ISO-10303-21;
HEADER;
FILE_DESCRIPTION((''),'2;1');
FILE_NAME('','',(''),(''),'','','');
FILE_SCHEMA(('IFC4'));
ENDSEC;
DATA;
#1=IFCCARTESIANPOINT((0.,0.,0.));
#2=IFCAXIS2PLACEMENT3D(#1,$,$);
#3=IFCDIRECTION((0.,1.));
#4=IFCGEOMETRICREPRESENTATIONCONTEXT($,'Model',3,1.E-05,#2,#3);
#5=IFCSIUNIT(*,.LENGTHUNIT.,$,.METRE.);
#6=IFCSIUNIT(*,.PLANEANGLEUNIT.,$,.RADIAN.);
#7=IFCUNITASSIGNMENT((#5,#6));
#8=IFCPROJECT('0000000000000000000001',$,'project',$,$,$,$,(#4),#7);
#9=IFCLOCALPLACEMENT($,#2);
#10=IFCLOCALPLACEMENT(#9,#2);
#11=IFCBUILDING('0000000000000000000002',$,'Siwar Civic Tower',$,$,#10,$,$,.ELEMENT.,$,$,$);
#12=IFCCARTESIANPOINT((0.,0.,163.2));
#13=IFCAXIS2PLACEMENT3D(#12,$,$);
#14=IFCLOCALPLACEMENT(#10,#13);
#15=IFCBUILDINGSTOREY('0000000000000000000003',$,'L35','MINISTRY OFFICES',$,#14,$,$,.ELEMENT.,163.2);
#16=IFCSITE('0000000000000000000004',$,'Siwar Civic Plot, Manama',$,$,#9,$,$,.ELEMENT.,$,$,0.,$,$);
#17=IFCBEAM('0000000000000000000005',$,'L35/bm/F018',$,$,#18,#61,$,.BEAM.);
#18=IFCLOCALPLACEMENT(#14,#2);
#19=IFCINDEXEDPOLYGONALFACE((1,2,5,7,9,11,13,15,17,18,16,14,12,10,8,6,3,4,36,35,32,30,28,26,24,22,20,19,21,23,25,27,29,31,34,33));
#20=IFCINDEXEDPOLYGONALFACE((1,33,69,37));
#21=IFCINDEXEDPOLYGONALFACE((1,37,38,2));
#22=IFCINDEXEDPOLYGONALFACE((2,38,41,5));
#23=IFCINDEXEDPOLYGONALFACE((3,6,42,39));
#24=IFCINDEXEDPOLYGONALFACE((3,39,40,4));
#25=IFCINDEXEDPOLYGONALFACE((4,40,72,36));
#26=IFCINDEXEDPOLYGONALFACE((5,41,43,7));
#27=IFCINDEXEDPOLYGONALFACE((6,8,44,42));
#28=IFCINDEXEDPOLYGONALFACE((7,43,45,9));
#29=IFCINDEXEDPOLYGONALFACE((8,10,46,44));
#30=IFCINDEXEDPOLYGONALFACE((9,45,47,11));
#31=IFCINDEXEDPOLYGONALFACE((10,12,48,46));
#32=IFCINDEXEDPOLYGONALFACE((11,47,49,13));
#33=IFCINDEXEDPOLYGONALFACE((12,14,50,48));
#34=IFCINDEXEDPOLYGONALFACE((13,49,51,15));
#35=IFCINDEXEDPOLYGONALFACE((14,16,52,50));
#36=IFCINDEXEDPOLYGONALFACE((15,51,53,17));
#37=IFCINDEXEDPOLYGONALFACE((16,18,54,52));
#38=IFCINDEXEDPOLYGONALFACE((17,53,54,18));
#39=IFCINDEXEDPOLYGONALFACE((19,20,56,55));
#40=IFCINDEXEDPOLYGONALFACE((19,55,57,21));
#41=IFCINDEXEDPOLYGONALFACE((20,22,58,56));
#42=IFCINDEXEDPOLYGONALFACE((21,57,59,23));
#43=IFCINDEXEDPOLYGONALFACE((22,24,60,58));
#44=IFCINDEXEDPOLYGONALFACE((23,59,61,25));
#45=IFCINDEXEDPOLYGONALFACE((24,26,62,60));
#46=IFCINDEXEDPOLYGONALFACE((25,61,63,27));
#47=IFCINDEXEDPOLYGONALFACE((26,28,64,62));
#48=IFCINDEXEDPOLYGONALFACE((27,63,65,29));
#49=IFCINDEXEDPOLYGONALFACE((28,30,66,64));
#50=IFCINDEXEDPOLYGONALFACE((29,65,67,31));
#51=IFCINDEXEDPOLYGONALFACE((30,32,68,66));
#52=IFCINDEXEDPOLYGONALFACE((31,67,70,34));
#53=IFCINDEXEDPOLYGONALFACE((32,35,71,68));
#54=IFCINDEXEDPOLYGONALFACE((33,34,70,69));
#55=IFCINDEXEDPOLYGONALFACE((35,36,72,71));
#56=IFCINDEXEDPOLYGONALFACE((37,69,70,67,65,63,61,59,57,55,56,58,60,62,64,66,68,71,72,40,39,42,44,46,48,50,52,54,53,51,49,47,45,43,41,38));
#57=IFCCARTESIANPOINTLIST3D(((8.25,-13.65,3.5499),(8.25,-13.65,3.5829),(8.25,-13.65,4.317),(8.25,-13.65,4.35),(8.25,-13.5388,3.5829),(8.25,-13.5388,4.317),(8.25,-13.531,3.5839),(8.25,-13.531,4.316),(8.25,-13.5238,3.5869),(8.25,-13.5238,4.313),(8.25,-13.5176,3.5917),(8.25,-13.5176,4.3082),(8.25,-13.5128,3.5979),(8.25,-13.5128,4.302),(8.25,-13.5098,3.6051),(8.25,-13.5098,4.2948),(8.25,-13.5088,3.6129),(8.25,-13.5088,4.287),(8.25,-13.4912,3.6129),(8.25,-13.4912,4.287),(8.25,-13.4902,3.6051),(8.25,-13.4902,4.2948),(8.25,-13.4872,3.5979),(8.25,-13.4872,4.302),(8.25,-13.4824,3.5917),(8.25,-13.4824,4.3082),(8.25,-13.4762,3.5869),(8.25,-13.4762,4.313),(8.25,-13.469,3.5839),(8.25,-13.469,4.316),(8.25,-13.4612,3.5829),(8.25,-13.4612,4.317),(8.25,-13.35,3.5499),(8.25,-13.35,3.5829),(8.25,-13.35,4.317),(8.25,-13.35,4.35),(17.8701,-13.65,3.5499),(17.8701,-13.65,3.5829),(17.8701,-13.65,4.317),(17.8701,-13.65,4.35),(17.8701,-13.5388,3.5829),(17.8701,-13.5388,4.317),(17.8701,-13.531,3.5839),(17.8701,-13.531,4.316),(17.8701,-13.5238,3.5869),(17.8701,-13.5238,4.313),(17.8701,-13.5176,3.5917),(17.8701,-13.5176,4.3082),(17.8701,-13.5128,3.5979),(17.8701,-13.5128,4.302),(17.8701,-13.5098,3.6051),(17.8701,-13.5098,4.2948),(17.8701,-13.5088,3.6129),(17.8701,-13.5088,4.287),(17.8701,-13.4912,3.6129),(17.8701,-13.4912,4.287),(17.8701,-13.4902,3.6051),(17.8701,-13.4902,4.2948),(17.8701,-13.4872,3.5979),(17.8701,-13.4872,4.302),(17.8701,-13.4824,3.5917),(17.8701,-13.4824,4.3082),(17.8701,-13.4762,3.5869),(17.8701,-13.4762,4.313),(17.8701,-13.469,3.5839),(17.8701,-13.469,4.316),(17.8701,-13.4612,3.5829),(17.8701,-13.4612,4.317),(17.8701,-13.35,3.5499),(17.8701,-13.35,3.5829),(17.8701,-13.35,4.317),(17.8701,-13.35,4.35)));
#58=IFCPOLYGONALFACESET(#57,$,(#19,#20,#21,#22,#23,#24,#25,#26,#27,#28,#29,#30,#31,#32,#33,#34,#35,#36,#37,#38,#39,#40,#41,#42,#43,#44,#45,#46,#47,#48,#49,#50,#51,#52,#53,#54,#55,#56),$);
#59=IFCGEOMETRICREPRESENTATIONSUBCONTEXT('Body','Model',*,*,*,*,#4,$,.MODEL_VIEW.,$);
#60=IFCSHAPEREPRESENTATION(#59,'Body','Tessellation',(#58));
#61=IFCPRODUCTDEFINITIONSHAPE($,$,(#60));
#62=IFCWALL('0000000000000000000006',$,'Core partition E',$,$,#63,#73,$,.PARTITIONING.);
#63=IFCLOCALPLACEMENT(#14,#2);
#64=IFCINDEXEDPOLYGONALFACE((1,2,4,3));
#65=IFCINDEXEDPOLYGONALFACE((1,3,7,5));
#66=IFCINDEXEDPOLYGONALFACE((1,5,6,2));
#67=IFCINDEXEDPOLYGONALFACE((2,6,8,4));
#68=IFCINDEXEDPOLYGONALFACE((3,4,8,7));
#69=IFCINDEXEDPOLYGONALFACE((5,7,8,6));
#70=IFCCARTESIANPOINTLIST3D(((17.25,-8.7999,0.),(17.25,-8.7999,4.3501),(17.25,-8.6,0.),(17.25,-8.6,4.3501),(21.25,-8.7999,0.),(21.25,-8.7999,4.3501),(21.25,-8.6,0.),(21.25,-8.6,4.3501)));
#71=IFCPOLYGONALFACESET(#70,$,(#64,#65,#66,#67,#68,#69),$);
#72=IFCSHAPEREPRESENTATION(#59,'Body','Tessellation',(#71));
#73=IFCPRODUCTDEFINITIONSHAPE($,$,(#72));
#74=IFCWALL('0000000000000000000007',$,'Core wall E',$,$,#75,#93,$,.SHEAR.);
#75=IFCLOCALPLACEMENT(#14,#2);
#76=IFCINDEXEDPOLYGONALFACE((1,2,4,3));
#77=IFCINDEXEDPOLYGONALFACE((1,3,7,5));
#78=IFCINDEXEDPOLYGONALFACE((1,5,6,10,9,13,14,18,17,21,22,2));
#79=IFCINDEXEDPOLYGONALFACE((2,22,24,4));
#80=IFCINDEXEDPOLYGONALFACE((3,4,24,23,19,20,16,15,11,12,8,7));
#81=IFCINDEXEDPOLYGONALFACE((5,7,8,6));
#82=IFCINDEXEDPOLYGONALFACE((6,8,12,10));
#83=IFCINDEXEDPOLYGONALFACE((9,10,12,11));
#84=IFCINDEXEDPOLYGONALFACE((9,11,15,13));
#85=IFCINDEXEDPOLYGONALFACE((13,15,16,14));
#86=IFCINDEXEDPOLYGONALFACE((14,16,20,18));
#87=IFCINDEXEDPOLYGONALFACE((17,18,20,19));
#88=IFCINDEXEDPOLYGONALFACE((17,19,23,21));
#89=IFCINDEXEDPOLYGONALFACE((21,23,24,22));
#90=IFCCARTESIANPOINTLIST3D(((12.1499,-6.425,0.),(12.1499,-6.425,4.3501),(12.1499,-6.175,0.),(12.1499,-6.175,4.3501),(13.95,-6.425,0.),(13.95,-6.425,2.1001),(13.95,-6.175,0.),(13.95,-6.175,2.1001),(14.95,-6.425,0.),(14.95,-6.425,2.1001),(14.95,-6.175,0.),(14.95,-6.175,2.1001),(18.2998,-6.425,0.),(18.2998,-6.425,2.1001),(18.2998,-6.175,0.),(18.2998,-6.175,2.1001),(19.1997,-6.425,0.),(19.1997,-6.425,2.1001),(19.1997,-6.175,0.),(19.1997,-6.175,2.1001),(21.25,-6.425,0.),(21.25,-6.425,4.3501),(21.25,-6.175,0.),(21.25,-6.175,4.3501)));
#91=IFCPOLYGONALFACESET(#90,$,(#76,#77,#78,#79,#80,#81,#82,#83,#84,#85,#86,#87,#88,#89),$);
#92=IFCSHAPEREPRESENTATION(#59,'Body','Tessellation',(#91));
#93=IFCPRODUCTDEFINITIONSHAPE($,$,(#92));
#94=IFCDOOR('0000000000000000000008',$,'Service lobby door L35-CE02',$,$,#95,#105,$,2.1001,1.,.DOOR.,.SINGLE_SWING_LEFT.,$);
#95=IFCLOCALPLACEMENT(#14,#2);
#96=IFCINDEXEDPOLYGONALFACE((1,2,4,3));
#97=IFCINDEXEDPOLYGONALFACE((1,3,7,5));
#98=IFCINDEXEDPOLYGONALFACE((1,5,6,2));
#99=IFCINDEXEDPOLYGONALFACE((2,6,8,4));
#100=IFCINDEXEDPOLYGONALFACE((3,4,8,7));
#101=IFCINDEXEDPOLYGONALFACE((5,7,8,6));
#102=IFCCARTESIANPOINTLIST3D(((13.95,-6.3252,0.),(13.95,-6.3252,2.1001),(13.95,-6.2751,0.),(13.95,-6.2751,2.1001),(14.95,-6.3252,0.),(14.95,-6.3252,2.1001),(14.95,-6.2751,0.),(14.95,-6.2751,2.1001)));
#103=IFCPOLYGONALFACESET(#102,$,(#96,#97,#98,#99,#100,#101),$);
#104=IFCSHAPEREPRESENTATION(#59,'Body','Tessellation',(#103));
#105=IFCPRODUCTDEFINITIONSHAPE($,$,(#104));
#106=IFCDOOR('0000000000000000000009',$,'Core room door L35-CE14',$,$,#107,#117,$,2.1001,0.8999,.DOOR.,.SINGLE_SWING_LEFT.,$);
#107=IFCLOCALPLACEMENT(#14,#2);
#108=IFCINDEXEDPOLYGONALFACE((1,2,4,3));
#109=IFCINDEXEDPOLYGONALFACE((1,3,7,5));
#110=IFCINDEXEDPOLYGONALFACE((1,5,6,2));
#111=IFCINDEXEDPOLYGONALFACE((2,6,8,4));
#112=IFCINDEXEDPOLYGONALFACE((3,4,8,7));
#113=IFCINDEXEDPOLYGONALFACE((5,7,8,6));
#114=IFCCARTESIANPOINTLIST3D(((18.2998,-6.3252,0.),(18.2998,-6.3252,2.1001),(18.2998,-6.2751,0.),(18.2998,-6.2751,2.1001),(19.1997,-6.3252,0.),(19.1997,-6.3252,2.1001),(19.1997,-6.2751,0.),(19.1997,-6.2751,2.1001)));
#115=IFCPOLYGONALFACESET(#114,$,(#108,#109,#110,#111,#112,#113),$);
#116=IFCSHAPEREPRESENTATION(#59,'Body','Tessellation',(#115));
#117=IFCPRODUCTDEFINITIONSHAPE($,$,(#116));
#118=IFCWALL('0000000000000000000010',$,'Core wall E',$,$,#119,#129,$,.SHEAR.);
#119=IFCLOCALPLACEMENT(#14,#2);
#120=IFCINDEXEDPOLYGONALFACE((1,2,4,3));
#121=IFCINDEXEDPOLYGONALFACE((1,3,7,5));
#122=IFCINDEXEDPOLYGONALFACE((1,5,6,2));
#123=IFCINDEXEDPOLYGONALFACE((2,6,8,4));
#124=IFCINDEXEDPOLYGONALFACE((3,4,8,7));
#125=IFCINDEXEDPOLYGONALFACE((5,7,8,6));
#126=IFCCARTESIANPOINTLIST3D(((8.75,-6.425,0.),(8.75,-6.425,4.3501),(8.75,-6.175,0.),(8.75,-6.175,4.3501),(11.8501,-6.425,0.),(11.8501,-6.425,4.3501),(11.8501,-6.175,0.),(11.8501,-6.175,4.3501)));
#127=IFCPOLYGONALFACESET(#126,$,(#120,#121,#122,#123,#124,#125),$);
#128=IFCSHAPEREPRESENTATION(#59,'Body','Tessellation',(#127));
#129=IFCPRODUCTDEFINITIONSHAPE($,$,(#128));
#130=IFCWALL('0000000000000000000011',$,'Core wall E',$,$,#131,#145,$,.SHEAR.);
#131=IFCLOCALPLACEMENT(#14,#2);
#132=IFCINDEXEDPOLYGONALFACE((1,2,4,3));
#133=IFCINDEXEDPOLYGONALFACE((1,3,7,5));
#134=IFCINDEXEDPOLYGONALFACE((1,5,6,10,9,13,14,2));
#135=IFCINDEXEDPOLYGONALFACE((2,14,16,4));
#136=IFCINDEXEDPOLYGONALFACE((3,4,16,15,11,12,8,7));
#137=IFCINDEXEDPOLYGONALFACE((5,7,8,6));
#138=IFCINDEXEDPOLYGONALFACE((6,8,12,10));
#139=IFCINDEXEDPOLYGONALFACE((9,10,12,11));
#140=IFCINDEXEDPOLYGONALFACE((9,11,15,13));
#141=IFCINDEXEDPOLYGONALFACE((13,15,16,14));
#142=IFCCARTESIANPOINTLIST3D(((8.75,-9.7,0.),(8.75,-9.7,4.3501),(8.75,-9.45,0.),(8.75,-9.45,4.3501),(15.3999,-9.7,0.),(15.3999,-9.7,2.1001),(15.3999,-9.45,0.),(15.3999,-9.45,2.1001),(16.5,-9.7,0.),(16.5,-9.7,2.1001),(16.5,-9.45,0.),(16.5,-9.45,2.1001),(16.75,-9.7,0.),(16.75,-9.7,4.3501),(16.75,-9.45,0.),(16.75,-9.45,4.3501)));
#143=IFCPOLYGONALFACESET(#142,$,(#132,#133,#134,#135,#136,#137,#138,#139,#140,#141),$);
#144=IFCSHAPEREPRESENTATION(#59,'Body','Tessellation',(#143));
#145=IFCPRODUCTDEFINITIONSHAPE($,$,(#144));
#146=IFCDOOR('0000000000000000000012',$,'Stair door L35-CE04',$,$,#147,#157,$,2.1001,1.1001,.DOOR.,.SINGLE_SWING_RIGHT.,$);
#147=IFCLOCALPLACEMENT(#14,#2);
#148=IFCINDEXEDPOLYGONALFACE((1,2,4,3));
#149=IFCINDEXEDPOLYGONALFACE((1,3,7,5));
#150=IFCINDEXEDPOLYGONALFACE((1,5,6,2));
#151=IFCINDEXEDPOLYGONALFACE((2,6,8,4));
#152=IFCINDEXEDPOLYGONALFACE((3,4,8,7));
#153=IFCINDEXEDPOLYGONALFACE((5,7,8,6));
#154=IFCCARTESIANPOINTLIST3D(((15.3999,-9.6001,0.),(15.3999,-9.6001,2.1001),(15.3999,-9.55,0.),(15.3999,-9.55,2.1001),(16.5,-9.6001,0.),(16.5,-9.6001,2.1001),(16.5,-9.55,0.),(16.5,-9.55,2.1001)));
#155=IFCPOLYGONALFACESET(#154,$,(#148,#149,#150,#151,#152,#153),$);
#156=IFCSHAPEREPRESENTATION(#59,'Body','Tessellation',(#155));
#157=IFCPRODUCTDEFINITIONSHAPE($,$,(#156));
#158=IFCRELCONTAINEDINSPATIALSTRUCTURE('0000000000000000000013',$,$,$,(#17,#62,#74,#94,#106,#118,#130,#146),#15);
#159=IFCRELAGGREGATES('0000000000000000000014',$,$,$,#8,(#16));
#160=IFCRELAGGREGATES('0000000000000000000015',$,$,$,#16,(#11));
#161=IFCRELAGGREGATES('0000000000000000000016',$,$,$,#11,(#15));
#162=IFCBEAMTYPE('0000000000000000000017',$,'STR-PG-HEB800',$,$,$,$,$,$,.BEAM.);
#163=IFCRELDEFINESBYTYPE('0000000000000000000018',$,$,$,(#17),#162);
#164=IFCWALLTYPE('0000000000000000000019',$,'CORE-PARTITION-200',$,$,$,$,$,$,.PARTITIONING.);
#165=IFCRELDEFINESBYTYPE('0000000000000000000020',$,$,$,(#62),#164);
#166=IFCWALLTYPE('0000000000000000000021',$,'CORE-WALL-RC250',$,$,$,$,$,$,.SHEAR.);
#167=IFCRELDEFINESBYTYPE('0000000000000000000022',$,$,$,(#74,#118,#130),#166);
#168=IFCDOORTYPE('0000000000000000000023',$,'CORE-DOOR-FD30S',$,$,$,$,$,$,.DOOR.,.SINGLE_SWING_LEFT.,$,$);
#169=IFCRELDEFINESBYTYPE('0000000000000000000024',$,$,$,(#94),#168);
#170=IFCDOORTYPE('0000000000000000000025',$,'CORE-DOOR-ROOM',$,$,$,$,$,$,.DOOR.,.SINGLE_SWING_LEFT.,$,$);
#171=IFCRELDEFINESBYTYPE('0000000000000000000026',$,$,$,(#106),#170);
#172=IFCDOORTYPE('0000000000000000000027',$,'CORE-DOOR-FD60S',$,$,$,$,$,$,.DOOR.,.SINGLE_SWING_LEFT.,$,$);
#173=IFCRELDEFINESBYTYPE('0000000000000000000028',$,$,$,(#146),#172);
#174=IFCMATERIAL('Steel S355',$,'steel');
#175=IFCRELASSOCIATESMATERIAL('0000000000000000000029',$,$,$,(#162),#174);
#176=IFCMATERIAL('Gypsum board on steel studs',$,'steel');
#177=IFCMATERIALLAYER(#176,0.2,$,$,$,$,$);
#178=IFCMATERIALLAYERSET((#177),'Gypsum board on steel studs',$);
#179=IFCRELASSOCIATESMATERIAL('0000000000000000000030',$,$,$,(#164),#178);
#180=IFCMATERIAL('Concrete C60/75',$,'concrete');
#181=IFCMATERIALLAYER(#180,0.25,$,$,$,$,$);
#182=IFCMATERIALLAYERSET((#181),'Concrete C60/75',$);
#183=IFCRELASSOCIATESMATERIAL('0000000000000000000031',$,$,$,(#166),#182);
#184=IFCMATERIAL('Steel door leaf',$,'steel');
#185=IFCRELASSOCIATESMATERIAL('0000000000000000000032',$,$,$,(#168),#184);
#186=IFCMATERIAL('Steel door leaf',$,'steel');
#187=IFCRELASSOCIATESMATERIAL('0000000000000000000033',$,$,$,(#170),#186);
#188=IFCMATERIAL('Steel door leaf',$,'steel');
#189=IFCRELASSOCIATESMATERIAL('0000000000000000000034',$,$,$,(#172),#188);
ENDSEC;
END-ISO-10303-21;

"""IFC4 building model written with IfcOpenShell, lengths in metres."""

from ifc_helpers import new_model, si_unit, direction, frame, frame_2d, origin, origin_2d, place, context, subcontext, project, spatial, rectangle, i_section, extrude, material, layer, layer_set, material_profile, profile_set, type_object, element, fill, save


model = new_model("IFC4")

# Units and contexts
model_context = context("Model", 3, precision=1e-05, world=origin(), true_north=direction((0.0, 1.0)))
body_context = subcontext(model_context, "Body", "Model", "MODEL_VIEW")
ifc_project = project(units=[si_unit("LENGTHUNIT", "METRE"), si_unit("PLANEANGLEUNIT", "RADIAN")], contexts=[model_context])

# Site, building, storey
site_placement = place(None, origin())
site = spatial("IfcSite", under=ifc_project, at=site_placement, Name="Siwar Civic Plot, Manama", CompositionType="ELEMENT", RefElevation=0.0)
building_placement = place(site_placement, origin())
building = spatial("IfcBuilding", under=site, at=building_placement, Name="Siwar Civic Tower", CompositionType="ELEMENT")
storey_placement = place(building_placement, frame((0.0, 0.0, 163.2)))
storey = spatial("IfcBuildingStorey", under=building, at=storey_placement, Name="L35", Description="MINISTRY OFFICES", CompositionType="ELEMENT", Elevation=163.2)

# Beam
ifc_material_1 = material(Name="Steel S355", Category="steel")
ifc_material_profile = material_profile(ifc_material_1, i_section(OverallWidth=0.3, OverallDepth=0.8, WebThickness=0.0176, FlangeThickness=0.033, FilletRadius=0.03, at=origin_2d()), Name="HEB800")
ifc_profile_set = profile_set([ifc_material_profile], Name="Steel S355")
beam_type = type_object("IfcBeamType", Name="STR-PG-HEB800", PredefinedType="BEAM", material=ifc_profile_set)
beam_placement = place(storey_placement, frame((8.25, -13.5, 3.95), z_axis=(1.0, 0.0, 0.0), x_axis=(0.0, 1.0, 0.0)))
element("IfcBeam", 1, at=beam_placement, inside=storey, type_object=beam_type, Name="L35/bm/F018", PredefinedType="BEAM", context=body_context, shape_type="SweptSolid", body=[
    extrude(i_section(OverallWidth=0.3, OverallDepth=0.8, WebThickness=0.0176, FlangeThickness=0.033, FilletRadius=0.03, at=origin_2d()), origin(), (0.0, 0.0, 1.0), 9.6201),
])

# Wall
ifc_material_2 = material(Name="Gypsum board on steel studs", Category="steel")
ifc_layer_1 = layer(ifc_material_2, 0.2)
ifc_layer_set_1 = layer_set([ifc_layer_1], Name="Gypsum board on steel studs")
wall_type_1 = type_object("IfcWallType", Name="CORE-PARTITION-200", PredefinedType="PARTITIONING", material=ifc_layer_set_1)
wall_1_placement = place(storey_placement, frame((17.25, -8.7, 0.0), z_axis=(0.0, 0.0, 1.0), x_axis=(1.0, 0.0, 0.0)))
element("IfcWall", 2, at=wall_1_placement, inside=storey, type_object=wall_type_1, Name="Core partition E", PredefinedType="PARTITIONING", context=body_context, shape_type="SweptSolid", body=[
    extrude(rectangle(XDim=4.0, YDim=0.2, at=frame_2d((2.0, 0.0))), origin(), (0.0, 0.0, 1.0), 4.3501),
])

# Wall, openings, doors
ifc_material_3 = material(Name="Concrete C60/75", Category="concrete")
ifc_layer_2 = layer(ifc_material_3, 0.25)
ifc_layer_set_2 = layer_set([ifc_layer_2], Name="Concrete C60/75")
wall_type_2 = type_object("IfcWallType", Name="CORE-WALL-RC250", PredefinedType="SHEAR", material=ifc_layer_set_2)
wall_2_placement = place(storey_placement, frame((12.1499, -6.3, 0.0), z_axis=(0.0, 0.0, 1.0), x_axis=(1.0, 0.0, 0.0)))
wall_2 = element("IfcWall", 3, at=wall_2_placement, inside=storey, type_object=wall_type_2, Name="Core wall E", PredefinedType="SHEAR", context=body_context, shape_type="SweptSolid", body=[
    extrude(rectangle(XDim=9.1001, YDim=0.25, at=frame_2d((4.55, 0.0))), origin(), (0.0, 0.0, 1.0), 4.3501),
])
opening_1_placement = place(wall_2_placement, frame((1.8, 0.0, 0.0)))
opening_1 = element("IfcOpeningElement", 4, at=opening_1_placement, cuts=wall_2, PredefinedType="OPENING", context=body_context, shape_type="SweptSolid", body=[
    extrude(rectangle(XDim=1.0, YDim=2.1001, at=frame_2d((0.5, 1.05))), frame((0.0, 0.135, 0.0), z_axis=(0.0, -1.0, 0.0), x_axis=(1.0, 0.0, 0.0)), (0.0, 0.0, 1.0), 0.27),
])
opening_2_placement = place(wall_2_placement, frame((6.1499, 0.0, 0.0)))
opening_2 = element("IfcOpeningElement", 5, at=opening_2_placement, cuts=wall_2, PredefinedType="OPENING", context=body_context, shape_type="SweptSolid", body=[
    extrude(rectangle(XDim=0.8999, YDim=2.1001, at=frame_2d((0.45, 1.05))), frame((0.0, 0.135, 0.0), z_axis=(0.0, -1.0, 0.0), x_axis=(1.0, 0.0, 0.0)), (0.0, 0.0, 1.0), 0.27),
])
ifc_material_4 = material(Name="Steel door leaf", Category="steel")
door_type_1 = type_object("IfcDoorType", Name="CORE-DOOR-FD30S", OperationType="SINGLE_SWING_LEFT", PredefinedType="DOOR", material=ifc_material_4)
door_1_placement = place(opening_1_placement, origin())
door_1 = element("IfcDoor", 6, at=door_1_placement, inside=storey, type_object=door_type_1, Name="Service lobby door L35-CE02", OperationType="SINGLE_SWING_LEFT", OverallHeight=2.1001, OverallWidth=1.0, PredefinedType="DOOR", context=body_context, shape_type="SweptSolid", body=[
    extrude(rectangle(XDim=1.0, YDim=2.1001, at=frame_2d((0.5, 1.05))), frame((0.0, 0.0249, 0.0), z_axis=(0.0, -1.0, 0.0), x_axis=(1.0, 0.0, 0.0)), (0.0, 0.0, 1.0), 0.05),
])
fill(opening_1, door_1)
ifc_material_5 = material(Name="Steel door leaf", Category="steel")
door_type_2 = type_object("IfcDoorType", Name="CORE-DOOR-ROOM", OperationType="SINGLE_SWING_LEFT", PredefinedType="DOOR", material=ifc_material_5)
door_2_placement = place(opening_2_placement, origin())
door_2 = element("IfcDoor", 7, at=door_2_placement, inside=storey, type_object=door_type_2, Name="Core room door L35-CE14", OperationType="SINGLE_SWING_LEFT", OverallHeight=2.1001, OverallWidth=0.8999, PredefinedType="DOOR", context=body_context, shape_type="SweptSolid", body=[
    extrude(rectangle(XDim=0.8999, YDim=2.1001, at=frame_2d((0.45, 1.05))), frame((0.0, 0.0249, 0.0), z_axis=(0.0, -1.0, 0.0), x_axis=(1.0, 0.0, 0.0)), (0.0, 0.0, 1.0), 0.05),
])
fill(opening_2, door_2)

# Wall
wall_3_placement = place(storey_placement, frame((8.75, -6.3, 0.0), z_axis=(0.0, 0.0, 1.0), x_axis=(1.0, 0.0, 0.0)))
element("IfcWall", 8, at=wall_3_placement, inside=storey, type_object=wall_type_2, Name="Core wall E", PredefinedType="SHEAR", context=body_context, shape_type="SweptSolid", body=[
    extrude(rectangle(XDim=3.1001, YDim=0.25, at=frame_2d((1.55, 0.0))), origin(), (0.0, 0.0, 1.0), 4.3501),
])

# Wall, opening, door
wall_4_placement = place(storey_placement, frame((8.75, -9.575, 0.0), z_axis=(0.0, 0.0, 1.0), x_axis=(1.0, 0.0, 0.0)))
wall_4 = element("IfcWall", 9, at=wall_4_placement, inside=storey, type_object=wall_type_2, Name="Core wall E", PredefinedType="SHEAR", context=body_context, shape_type="SweptSolid", body=[
    extrude(rectangle(XDim=8.0, YDim=0.25, at=frame_2d((4.0, 0.0))), origin(), (0.0, 0.0, 1.0), 4.3501),
])
opening_3_placement = place(wall_4_placement, frame((6.6499, 0.0, 0.0)))
opening_3 = element("IfcOpeningElement", 10, at=opening_3_placement, cuts=wall_4, PredefinedType="OPENING", context=body_context, shape_type="SweptSolid", body=[
    extrude(rectangle(XDim=1.1001, YDim=2.1001, at=frame_2d((0.55, 1.05))), frame((0.0, 0.135, 0.0), z_axis=(0.0, -1.0, 0.0), x_axis=(1.0, 0.0, 0.0)), (0.0, 0.0, 1.0), 0.27),
])
ifc_material_6 = material(Name="Steel door leaf", Category="steel")
door_type_3 = type_object("IfcDoorType", Name="CORE-DOOR-FD60S", OperationType="SINGLE_SWING_LEFT", PredefinedType="DOOR", material=ifc_material_6)
door_3_placement = place(opening_3_placement, origin())
door_3 = element("IfcDoor", 11, at=door_3_placement, inside=storey, type_object=door_type_3, Name="Stair door L35-CE04", OperationType="SINGLE_SWING_RIGHT", OverallHeight=2.1001, OverallWidth=1.1001, PredefinedType="DOOR", context=body_context, shape_type="SweptSolid", body=[
    extrude(rectangle(XDim=1.1001, YDim=2.1001, at=frame_2d((0.55, 1.05))), frame((0.0, 0.0249, 0.0), z_axis=(0.0, -1.0, 0.0), x_axis=(1.0, 0.0, 0.0)), (0.0, 0.0, 1.0), 0.05),
])
fill(opening_3, door_3)

save(model, "model.ifc")
